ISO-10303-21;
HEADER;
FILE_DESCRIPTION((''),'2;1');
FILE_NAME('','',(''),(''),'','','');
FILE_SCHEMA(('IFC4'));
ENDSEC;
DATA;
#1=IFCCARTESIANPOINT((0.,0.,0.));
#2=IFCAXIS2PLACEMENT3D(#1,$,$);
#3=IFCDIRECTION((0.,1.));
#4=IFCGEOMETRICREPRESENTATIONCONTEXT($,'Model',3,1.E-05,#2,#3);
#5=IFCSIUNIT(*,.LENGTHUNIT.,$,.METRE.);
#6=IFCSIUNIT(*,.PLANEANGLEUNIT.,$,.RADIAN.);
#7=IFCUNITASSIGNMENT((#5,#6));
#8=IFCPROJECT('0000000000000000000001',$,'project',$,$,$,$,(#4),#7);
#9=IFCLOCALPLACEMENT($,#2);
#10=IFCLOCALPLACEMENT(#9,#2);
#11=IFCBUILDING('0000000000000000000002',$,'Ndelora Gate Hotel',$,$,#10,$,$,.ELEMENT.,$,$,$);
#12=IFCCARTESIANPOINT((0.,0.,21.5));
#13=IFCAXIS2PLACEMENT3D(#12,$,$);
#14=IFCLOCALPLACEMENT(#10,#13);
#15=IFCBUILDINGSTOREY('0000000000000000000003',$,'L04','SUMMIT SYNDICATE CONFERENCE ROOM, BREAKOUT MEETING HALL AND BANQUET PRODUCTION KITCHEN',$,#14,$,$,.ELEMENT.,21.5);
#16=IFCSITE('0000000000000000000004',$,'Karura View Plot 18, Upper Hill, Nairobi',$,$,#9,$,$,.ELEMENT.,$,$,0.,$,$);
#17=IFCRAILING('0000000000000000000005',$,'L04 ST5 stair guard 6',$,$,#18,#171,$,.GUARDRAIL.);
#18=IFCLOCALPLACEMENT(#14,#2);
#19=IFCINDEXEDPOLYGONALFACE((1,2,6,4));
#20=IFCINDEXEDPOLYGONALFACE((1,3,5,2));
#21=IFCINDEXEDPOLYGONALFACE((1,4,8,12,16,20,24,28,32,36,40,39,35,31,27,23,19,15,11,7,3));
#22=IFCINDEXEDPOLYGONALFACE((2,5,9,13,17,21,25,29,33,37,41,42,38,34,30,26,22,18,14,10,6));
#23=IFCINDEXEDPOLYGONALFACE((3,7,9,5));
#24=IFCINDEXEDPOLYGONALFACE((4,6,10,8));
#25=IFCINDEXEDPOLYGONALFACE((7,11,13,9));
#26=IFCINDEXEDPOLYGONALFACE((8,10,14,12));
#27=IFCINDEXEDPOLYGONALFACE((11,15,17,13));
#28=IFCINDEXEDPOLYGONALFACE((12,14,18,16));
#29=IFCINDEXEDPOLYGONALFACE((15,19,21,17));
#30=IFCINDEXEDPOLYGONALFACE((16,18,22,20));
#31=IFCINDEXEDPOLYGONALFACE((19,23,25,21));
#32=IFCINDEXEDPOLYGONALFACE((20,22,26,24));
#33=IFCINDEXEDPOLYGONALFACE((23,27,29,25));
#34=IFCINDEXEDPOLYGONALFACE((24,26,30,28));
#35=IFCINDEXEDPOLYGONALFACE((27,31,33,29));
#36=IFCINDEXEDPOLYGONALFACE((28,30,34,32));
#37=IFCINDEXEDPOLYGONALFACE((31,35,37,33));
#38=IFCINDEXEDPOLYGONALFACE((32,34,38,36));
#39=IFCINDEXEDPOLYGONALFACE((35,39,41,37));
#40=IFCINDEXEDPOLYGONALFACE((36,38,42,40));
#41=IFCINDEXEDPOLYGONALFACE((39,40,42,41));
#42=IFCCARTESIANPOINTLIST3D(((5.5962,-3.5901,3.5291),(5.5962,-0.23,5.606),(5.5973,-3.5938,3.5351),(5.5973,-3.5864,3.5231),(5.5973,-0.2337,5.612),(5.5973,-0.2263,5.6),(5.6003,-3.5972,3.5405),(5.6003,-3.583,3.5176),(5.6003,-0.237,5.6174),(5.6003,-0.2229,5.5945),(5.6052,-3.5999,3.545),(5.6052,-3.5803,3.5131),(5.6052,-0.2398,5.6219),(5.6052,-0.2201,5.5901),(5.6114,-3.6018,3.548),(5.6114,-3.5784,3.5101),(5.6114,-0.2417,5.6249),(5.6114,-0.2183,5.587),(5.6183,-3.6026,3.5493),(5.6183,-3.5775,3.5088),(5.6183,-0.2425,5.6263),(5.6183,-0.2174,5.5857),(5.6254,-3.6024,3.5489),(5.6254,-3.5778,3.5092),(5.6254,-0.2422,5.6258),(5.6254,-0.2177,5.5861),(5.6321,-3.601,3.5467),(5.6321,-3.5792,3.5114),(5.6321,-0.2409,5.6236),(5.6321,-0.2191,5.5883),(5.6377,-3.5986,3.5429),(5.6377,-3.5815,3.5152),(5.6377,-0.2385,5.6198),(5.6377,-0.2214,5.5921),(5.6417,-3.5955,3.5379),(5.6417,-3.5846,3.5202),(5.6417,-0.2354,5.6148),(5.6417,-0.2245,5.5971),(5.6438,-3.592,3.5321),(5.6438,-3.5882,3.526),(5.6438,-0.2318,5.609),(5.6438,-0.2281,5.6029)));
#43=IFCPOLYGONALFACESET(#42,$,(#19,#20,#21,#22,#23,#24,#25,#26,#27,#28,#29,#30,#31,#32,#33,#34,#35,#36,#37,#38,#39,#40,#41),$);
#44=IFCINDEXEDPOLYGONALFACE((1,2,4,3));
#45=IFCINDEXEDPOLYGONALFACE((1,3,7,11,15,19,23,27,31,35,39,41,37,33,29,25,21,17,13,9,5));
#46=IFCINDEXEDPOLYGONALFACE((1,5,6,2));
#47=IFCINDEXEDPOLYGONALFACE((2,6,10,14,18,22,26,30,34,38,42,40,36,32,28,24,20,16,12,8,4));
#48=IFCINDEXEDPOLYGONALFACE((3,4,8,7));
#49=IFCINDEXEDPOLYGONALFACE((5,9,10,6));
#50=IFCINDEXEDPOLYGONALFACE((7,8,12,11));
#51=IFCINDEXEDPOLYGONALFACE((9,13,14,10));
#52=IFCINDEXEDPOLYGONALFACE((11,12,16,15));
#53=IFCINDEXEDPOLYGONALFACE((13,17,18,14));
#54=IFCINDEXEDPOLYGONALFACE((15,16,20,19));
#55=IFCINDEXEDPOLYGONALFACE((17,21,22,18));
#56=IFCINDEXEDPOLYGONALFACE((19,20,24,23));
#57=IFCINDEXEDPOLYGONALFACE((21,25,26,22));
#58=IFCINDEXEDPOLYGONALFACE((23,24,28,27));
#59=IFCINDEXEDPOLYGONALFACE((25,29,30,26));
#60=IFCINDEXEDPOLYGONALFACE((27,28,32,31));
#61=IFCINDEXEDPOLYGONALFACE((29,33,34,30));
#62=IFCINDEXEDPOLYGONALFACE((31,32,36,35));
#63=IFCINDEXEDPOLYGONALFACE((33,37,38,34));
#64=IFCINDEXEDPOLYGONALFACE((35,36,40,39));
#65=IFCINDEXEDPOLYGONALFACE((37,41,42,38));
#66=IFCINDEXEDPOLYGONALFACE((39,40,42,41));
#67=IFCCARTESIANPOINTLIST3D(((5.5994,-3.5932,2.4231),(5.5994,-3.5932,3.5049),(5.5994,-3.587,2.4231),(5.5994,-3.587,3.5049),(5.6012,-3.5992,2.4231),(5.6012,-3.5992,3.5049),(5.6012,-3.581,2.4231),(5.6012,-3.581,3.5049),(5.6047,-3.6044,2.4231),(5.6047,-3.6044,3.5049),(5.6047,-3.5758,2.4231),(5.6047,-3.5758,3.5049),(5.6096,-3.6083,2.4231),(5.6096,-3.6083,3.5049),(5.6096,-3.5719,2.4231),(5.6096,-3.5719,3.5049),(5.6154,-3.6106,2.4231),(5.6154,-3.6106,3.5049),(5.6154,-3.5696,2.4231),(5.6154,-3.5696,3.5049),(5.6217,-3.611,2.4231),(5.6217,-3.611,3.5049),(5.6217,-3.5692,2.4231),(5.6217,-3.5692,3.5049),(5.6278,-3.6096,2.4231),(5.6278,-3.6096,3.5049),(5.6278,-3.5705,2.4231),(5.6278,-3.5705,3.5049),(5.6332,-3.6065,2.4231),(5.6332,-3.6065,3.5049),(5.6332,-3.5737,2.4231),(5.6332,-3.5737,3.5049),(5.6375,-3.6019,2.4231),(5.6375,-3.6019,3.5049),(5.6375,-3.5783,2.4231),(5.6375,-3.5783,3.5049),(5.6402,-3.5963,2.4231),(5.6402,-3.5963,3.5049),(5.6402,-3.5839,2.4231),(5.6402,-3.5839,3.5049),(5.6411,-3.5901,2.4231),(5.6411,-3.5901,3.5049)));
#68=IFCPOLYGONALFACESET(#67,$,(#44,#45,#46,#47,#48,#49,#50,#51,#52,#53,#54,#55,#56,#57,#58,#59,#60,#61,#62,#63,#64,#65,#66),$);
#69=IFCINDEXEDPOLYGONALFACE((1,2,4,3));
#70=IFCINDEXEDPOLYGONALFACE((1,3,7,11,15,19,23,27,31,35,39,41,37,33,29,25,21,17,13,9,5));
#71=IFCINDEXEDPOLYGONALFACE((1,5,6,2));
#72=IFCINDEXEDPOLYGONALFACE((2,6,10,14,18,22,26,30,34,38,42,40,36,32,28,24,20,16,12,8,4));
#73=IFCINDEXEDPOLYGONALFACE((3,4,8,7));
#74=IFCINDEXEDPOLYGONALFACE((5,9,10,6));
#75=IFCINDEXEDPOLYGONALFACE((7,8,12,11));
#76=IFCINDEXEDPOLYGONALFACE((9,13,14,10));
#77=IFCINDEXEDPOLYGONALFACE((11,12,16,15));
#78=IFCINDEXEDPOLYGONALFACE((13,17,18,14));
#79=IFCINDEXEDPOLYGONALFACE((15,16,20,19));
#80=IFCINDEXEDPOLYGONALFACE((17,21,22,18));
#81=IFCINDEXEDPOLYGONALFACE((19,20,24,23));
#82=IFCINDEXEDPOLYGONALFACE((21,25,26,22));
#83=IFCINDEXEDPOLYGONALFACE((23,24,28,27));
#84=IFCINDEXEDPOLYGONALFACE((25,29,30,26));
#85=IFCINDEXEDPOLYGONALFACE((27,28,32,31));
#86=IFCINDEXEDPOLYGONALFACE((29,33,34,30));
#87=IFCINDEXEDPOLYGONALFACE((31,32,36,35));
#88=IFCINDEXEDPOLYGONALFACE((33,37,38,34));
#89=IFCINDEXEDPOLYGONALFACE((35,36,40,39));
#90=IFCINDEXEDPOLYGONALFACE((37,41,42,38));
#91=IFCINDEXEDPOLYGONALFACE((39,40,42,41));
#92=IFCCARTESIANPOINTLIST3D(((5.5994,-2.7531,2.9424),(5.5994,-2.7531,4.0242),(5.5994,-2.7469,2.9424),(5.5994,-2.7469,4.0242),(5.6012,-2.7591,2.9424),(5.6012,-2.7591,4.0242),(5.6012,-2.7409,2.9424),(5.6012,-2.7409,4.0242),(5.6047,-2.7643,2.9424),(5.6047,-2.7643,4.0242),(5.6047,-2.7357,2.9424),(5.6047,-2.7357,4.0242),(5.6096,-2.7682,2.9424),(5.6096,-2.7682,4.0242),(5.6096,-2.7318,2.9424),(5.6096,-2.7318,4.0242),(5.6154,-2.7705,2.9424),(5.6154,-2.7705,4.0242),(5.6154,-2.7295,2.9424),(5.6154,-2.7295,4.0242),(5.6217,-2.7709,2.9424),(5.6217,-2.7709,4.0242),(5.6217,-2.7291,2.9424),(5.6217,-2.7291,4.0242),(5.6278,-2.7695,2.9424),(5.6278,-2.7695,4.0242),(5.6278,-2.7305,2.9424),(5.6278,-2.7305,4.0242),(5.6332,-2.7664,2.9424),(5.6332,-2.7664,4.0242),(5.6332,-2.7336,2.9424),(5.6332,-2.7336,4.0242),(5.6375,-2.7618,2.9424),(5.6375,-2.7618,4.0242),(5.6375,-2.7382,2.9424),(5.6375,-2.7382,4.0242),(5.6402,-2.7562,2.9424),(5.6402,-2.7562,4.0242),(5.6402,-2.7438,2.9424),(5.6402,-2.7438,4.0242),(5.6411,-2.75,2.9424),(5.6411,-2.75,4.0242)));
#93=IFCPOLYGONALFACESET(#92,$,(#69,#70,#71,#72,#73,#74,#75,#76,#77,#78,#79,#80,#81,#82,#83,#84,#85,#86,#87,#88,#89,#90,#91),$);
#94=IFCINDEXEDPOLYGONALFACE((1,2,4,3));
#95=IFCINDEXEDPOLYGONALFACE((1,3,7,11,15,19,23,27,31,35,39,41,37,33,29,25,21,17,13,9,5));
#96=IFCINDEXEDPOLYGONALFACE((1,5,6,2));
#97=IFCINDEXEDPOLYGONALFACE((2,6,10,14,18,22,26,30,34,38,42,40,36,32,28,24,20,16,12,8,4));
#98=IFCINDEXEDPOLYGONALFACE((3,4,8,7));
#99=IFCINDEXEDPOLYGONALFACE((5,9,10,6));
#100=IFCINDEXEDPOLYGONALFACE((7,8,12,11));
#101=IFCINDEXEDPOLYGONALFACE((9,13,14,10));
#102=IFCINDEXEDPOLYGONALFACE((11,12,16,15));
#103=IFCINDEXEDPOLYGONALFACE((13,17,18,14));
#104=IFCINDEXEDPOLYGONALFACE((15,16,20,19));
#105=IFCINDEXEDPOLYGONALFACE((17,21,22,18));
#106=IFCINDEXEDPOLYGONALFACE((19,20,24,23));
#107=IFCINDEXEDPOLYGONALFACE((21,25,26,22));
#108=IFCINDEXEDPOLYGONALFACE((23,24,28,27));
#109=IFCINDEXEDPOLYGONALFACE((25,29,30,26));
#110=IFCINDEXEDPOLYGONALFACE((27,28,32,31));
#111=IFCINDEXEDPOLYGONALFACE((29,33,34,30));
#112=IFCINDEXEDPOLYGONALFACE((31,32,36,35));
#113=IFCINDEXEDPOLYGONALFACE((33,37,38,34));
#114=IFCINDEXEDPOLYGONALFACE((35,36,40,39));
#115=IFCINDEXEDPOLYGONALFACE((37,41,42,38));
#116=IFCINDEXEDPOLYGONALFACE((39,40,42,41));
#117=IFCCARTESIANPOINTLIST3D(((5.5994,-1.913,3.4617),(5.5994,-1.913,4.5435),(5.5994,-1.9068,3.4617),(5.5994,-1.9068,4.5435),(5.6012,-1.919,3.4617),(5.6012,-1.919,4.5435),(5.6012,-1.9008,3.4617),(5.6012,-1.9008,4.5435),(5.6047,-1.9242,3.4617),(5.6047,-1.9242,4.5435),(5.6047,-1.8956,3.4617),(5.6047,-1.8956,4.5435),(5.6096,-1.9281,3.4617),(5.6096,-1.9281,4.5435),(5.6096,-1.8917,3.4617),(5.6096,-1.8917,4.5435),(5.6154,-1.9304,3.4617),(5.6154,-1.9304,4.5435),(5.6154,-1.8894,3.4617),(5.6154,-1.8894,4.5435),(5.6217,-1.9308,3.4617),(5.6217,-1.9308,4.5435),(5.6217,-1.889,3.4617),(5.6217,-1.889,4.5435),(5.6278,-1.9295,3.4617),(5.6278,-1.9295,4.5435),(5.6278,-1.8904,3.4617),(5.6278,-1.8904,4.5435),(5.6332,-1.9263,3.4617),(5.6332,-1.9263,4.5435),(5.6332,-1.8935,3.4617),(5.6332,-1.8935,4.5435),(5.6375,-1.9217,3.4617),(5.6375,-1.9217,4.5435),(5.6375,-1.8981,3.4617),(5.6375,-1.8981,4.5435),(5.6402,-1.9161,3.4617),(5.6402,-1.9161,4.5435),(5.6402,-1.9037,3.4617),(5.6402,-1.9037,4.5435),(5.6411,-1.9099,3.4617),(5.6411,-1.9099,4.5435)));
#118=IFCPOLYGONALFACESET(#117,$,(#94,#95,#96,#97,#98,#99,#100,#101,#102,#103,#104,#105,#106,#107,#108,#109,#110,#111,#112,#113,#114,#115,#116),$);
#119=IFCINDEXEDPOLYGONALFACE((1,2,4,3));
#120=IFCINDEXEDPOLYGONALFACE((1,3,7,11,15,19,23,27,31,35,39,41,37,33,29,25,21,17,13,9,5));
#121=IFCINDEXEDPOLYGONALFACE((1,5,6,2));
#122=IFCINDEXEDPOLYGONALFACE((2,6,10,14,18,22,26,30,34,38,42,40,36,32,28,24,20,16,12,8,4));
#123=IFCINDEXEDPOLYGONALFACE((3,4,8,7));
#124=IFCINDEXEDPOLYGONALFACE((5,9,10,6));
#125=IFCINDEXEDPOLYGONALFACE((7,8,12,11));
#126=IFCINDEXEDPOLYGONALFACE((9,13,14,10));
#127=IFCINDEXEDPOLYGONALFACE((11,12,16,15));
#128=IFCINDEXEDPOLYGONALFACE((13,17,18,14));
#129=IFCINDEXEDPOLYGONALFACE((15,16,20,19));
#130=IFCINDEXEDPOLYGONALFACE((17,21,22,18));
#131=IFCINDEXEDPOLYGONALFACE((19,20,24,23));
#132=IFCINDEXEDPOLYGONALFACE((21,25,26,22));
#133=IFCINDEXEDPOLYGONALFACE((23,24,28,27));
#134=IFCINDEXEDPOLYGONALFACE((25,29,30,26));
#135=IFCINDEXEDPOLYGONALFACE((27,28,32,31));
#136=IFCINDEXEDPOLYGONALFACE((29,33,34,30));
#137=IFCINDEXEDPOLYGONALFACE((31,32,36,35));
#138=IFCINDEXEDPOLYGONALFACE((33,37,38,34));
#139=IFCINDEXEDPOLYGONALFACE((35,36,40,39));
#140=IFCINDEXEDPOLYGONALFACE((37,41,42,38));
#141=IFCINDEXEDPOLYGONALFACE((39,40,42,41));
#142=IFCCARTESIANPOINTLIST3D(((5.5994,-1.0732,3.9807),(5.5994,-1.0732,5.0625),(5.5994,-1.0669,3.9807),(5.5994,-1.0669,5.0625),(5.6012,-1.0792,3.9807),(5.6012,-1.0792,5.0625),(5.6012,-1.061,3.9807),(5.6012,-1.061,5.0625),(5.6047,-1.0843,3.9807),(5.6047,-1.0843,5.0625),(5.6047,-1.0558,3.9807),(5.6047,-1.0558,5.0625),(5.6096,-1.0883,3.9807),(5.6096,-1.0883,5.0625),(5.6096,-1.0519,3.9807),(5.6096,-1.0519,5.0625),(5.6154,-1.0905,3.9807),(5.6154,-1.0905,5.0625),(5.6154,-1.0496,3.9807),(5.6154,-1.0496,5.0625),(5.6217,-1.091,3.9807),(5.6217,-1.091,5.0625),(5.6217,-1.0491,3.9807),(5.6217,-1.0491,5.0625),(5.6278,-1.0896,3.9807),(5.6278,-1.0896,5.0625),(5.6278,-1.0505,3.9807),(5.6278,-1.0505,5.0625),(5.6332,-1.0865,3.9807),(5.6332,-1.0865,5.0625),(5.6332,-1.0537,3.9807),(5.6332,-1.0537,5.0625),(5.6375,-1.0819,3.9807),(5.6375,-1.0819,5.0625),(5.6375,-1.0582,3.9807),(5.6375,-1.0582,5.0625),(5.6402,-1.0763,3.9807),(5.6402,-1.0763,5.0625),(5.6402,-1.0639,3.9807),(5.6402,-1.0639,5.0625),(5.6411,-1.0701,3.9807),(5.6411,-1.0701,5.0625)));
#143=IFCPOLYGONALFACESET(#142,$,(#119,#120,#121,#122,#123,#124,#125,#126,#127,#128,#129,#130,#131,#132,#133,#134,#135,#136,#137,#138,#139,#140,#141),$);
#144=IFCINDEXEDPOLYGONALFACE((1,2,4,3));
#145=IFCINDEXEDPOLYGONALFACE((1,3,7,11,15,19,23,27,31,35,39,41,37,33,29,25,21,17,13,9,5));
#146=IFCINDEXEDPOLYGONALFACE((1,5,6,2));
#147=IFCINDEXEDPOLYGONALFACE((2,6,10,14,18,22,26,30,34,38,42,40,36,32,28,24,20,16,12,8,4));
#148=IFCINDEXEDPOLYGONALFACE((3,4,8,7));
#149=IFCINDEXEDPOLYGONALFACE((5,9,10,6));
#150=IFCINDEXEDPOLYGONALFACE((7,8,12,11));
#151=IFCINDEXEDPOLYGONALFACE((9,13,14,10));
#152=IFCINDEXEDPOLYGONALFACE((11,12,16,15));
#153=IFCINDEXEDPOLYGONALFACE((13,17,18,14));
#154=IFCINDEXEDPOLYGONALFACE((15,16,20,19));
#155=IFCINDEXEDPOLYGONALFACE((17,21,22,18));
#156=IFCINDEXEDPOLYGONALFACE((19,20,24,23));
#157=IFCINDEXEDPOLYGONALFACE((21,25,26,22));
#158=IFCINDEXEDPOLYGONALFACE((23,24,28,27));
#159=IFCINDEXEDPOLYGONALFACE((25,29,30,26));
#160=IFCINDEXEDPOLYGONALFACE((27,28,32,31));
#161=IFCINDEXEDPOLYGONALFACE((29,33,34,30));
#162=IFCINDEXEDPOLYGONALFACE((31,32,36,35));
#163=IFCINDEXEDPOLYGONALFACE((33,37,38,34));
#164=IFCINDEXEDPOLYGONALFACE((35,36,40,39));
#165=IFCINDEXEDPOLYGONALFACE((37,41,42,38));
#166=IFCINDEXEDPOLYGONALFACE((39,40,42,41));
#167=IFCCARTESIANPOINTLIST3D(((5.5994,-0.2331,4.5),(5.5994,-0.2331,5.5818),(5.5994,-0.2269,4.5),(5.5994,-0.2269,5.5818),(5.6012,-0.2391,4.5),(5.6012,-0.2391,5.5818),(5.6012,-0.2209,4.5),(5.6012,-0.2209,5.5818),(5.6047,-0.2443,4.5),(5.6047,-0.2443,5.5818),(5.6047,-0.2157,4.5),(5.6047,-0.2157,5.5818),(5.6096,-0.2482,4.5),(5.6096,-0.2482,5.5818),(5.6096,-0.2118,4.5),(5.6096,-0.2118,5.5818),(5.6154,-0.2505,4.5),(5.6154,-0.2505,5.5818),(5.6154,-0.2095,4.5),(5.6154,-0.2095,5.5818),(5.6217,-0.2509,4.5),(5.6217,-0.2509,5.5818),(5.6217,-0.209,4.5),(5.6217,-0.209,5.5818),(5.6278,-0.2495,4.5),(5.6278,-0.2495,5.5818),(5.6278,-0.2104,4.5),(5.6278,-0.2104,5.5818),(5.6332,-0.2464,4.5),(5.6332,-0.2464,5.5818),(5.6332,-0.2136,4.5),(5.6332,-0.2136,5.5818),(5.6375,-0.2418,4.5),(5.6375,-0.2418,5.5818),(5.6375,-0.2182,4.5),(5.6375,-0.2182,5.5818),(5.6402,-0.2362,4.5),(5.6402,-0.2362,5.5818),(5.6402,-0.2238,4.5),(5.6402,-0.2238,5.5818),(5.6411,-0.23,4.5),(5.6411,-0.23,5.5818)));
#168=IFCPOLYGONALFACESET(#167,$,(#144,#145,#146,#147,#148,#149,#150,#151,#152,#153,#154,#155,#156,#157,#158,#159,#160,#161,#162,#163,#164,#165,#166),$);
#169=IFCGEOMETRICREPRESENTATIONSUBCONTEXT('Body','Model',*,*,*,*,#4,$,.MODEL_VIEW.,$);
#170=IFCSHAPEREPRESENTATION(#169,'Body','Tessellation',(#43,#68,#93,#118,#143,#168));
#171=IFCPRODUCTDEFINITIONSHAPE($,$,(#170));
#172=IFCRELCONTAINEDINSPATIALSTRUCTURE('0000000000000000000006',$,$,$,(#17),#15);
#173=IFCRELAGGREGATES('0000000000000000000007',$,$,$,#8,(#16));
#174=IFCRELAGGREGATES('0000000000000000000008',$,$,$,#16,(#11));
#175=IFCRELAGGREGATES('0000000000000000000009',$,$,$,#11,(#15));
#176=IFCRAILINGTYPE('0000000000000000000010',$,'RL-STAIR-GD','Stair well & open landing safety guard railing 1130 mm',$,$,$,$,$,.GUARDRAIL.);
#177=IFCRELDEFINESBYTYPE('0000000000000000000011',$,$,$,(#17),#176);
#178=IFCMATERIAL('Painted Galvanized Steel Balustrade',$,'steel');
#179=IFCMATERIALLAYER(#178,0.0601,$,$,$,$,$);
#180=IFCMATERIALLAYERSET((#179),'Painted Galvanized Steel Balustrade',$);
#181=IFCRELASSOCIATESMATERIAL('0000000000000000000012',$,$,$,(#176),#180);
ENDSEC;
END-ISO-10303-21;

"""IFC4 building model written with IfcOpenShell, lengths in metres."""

from ifc_helpers import new_model, si_unit, direction, frame, origin, origin_2d, place, context, subcontext, project, spatial, circle, extrude, material, layer, layer_set, type_object, element, save


model = new_model("IFC4")

# Units and contexts
model_context = context("Model", 3, precision=1e-05, world=origin(), true_north=direction((0.0, 1.0)))
body_context = subcontext(model_context, "Body", "Model", "MODEL_VIEW")
ifc_project = project(units=[si_unit("LENGTHUNIT", "METRE"), si_unit("PLANEANGLEUNIT", "RADIAN")], contexts=[model_context])

# Site, building, storey
site_placement = place(None, origin())
site = spatial("IfcSite", under=ifc_project, at=site_placement, Name="Karura View Plot 18, Upper Hill, Nairobi", CompositionType="ELEMENT", RefElevation=0.0)
building_placement = place(site_placement, origin())
building = spatial("IfcBuilding", under=site, at=building_placement, Name="Ndelora Gate Hotel", CompositionType="ELEMENT")
storey_placement = place(building_placement, frame((0.0, 0.0, 21.5)))
storey = spatial("IfcBuildingStorey", under=building, at=storey_placement, Name="L04", Description="SUMMIT SYNDICATE CONFERENCE ROOM, BREAKOUT MEETING HALL AND BANQUET PRODUCTION KITCHEN", CompositionType="ELEMENT", Elevation=21.5)

# Railing
ifc_material_1 = material(Name="Painted Galvanized Steel Balustrade", Category="steel")
ifc_layer_1 = layer(ifc_material_1, 0.0601)
ifc_layer_set_1 = layer_set([ifc_layer_1], Name="Painted Galvanized Steel Balustrade")
railing_type = type_object("IfcRailingType", Name="RL-STAIR-GD", Description="Stair well & open landing safety guard railing 1130 mm", PredefinedType="GUARDRAIL", material=ifc_layer_set_1)
railing_1_placement = place(storey_placement, frame((5.6201, -3.5901, 2.4231)))
element("IfcRailing", 1, at=railing_1_placement, inside=storey, type_object=railing_type, Name="L04 ST5 stair guard 6", PredefinedType="GUARDRAIL", context=body_context, shape_type="SweptSolid", body=[
    extrude(circle(Radius=0.0239, at=origin_2d()), frame((0.0, 0.0, 1.106), z_axis=(0.0, 0.850623, 0.525776), x_axis=(-1.0, 0.0, 0.0)), (0.0, 0.0, 1.0), 3.9502),
    extrude(circle(Radius=0.021, at=origin_2d()), origin(), (0.0, 0.0, 1.0), 1.0818),
    extrude(circle(Radius=0.021, at=origin_2d()), frame((0.0, 0.8401, 0.5193)), (0.0, 0.0, 1.0), 1.0818),
    extrude(circle(Radius=0.021, at=origin_2d()), frame((0.0, 1.6802, 1.0386)), (0.0, 0.0, 1.0), 1.0818),
    extrude(circle(Radius=0.021, at=origin_2d()), frame((0.0, 2.52, 1.5576)), (0.0, 0.0, 1.0), 1.0818),
    extrude(circle(Radius=0.021, at=origin_2d()), frame((0.0, 3.3601, 2.0769)), (0.0, 0.0, 1.0), 1.0818),
])

save(model, "model.ifc")
